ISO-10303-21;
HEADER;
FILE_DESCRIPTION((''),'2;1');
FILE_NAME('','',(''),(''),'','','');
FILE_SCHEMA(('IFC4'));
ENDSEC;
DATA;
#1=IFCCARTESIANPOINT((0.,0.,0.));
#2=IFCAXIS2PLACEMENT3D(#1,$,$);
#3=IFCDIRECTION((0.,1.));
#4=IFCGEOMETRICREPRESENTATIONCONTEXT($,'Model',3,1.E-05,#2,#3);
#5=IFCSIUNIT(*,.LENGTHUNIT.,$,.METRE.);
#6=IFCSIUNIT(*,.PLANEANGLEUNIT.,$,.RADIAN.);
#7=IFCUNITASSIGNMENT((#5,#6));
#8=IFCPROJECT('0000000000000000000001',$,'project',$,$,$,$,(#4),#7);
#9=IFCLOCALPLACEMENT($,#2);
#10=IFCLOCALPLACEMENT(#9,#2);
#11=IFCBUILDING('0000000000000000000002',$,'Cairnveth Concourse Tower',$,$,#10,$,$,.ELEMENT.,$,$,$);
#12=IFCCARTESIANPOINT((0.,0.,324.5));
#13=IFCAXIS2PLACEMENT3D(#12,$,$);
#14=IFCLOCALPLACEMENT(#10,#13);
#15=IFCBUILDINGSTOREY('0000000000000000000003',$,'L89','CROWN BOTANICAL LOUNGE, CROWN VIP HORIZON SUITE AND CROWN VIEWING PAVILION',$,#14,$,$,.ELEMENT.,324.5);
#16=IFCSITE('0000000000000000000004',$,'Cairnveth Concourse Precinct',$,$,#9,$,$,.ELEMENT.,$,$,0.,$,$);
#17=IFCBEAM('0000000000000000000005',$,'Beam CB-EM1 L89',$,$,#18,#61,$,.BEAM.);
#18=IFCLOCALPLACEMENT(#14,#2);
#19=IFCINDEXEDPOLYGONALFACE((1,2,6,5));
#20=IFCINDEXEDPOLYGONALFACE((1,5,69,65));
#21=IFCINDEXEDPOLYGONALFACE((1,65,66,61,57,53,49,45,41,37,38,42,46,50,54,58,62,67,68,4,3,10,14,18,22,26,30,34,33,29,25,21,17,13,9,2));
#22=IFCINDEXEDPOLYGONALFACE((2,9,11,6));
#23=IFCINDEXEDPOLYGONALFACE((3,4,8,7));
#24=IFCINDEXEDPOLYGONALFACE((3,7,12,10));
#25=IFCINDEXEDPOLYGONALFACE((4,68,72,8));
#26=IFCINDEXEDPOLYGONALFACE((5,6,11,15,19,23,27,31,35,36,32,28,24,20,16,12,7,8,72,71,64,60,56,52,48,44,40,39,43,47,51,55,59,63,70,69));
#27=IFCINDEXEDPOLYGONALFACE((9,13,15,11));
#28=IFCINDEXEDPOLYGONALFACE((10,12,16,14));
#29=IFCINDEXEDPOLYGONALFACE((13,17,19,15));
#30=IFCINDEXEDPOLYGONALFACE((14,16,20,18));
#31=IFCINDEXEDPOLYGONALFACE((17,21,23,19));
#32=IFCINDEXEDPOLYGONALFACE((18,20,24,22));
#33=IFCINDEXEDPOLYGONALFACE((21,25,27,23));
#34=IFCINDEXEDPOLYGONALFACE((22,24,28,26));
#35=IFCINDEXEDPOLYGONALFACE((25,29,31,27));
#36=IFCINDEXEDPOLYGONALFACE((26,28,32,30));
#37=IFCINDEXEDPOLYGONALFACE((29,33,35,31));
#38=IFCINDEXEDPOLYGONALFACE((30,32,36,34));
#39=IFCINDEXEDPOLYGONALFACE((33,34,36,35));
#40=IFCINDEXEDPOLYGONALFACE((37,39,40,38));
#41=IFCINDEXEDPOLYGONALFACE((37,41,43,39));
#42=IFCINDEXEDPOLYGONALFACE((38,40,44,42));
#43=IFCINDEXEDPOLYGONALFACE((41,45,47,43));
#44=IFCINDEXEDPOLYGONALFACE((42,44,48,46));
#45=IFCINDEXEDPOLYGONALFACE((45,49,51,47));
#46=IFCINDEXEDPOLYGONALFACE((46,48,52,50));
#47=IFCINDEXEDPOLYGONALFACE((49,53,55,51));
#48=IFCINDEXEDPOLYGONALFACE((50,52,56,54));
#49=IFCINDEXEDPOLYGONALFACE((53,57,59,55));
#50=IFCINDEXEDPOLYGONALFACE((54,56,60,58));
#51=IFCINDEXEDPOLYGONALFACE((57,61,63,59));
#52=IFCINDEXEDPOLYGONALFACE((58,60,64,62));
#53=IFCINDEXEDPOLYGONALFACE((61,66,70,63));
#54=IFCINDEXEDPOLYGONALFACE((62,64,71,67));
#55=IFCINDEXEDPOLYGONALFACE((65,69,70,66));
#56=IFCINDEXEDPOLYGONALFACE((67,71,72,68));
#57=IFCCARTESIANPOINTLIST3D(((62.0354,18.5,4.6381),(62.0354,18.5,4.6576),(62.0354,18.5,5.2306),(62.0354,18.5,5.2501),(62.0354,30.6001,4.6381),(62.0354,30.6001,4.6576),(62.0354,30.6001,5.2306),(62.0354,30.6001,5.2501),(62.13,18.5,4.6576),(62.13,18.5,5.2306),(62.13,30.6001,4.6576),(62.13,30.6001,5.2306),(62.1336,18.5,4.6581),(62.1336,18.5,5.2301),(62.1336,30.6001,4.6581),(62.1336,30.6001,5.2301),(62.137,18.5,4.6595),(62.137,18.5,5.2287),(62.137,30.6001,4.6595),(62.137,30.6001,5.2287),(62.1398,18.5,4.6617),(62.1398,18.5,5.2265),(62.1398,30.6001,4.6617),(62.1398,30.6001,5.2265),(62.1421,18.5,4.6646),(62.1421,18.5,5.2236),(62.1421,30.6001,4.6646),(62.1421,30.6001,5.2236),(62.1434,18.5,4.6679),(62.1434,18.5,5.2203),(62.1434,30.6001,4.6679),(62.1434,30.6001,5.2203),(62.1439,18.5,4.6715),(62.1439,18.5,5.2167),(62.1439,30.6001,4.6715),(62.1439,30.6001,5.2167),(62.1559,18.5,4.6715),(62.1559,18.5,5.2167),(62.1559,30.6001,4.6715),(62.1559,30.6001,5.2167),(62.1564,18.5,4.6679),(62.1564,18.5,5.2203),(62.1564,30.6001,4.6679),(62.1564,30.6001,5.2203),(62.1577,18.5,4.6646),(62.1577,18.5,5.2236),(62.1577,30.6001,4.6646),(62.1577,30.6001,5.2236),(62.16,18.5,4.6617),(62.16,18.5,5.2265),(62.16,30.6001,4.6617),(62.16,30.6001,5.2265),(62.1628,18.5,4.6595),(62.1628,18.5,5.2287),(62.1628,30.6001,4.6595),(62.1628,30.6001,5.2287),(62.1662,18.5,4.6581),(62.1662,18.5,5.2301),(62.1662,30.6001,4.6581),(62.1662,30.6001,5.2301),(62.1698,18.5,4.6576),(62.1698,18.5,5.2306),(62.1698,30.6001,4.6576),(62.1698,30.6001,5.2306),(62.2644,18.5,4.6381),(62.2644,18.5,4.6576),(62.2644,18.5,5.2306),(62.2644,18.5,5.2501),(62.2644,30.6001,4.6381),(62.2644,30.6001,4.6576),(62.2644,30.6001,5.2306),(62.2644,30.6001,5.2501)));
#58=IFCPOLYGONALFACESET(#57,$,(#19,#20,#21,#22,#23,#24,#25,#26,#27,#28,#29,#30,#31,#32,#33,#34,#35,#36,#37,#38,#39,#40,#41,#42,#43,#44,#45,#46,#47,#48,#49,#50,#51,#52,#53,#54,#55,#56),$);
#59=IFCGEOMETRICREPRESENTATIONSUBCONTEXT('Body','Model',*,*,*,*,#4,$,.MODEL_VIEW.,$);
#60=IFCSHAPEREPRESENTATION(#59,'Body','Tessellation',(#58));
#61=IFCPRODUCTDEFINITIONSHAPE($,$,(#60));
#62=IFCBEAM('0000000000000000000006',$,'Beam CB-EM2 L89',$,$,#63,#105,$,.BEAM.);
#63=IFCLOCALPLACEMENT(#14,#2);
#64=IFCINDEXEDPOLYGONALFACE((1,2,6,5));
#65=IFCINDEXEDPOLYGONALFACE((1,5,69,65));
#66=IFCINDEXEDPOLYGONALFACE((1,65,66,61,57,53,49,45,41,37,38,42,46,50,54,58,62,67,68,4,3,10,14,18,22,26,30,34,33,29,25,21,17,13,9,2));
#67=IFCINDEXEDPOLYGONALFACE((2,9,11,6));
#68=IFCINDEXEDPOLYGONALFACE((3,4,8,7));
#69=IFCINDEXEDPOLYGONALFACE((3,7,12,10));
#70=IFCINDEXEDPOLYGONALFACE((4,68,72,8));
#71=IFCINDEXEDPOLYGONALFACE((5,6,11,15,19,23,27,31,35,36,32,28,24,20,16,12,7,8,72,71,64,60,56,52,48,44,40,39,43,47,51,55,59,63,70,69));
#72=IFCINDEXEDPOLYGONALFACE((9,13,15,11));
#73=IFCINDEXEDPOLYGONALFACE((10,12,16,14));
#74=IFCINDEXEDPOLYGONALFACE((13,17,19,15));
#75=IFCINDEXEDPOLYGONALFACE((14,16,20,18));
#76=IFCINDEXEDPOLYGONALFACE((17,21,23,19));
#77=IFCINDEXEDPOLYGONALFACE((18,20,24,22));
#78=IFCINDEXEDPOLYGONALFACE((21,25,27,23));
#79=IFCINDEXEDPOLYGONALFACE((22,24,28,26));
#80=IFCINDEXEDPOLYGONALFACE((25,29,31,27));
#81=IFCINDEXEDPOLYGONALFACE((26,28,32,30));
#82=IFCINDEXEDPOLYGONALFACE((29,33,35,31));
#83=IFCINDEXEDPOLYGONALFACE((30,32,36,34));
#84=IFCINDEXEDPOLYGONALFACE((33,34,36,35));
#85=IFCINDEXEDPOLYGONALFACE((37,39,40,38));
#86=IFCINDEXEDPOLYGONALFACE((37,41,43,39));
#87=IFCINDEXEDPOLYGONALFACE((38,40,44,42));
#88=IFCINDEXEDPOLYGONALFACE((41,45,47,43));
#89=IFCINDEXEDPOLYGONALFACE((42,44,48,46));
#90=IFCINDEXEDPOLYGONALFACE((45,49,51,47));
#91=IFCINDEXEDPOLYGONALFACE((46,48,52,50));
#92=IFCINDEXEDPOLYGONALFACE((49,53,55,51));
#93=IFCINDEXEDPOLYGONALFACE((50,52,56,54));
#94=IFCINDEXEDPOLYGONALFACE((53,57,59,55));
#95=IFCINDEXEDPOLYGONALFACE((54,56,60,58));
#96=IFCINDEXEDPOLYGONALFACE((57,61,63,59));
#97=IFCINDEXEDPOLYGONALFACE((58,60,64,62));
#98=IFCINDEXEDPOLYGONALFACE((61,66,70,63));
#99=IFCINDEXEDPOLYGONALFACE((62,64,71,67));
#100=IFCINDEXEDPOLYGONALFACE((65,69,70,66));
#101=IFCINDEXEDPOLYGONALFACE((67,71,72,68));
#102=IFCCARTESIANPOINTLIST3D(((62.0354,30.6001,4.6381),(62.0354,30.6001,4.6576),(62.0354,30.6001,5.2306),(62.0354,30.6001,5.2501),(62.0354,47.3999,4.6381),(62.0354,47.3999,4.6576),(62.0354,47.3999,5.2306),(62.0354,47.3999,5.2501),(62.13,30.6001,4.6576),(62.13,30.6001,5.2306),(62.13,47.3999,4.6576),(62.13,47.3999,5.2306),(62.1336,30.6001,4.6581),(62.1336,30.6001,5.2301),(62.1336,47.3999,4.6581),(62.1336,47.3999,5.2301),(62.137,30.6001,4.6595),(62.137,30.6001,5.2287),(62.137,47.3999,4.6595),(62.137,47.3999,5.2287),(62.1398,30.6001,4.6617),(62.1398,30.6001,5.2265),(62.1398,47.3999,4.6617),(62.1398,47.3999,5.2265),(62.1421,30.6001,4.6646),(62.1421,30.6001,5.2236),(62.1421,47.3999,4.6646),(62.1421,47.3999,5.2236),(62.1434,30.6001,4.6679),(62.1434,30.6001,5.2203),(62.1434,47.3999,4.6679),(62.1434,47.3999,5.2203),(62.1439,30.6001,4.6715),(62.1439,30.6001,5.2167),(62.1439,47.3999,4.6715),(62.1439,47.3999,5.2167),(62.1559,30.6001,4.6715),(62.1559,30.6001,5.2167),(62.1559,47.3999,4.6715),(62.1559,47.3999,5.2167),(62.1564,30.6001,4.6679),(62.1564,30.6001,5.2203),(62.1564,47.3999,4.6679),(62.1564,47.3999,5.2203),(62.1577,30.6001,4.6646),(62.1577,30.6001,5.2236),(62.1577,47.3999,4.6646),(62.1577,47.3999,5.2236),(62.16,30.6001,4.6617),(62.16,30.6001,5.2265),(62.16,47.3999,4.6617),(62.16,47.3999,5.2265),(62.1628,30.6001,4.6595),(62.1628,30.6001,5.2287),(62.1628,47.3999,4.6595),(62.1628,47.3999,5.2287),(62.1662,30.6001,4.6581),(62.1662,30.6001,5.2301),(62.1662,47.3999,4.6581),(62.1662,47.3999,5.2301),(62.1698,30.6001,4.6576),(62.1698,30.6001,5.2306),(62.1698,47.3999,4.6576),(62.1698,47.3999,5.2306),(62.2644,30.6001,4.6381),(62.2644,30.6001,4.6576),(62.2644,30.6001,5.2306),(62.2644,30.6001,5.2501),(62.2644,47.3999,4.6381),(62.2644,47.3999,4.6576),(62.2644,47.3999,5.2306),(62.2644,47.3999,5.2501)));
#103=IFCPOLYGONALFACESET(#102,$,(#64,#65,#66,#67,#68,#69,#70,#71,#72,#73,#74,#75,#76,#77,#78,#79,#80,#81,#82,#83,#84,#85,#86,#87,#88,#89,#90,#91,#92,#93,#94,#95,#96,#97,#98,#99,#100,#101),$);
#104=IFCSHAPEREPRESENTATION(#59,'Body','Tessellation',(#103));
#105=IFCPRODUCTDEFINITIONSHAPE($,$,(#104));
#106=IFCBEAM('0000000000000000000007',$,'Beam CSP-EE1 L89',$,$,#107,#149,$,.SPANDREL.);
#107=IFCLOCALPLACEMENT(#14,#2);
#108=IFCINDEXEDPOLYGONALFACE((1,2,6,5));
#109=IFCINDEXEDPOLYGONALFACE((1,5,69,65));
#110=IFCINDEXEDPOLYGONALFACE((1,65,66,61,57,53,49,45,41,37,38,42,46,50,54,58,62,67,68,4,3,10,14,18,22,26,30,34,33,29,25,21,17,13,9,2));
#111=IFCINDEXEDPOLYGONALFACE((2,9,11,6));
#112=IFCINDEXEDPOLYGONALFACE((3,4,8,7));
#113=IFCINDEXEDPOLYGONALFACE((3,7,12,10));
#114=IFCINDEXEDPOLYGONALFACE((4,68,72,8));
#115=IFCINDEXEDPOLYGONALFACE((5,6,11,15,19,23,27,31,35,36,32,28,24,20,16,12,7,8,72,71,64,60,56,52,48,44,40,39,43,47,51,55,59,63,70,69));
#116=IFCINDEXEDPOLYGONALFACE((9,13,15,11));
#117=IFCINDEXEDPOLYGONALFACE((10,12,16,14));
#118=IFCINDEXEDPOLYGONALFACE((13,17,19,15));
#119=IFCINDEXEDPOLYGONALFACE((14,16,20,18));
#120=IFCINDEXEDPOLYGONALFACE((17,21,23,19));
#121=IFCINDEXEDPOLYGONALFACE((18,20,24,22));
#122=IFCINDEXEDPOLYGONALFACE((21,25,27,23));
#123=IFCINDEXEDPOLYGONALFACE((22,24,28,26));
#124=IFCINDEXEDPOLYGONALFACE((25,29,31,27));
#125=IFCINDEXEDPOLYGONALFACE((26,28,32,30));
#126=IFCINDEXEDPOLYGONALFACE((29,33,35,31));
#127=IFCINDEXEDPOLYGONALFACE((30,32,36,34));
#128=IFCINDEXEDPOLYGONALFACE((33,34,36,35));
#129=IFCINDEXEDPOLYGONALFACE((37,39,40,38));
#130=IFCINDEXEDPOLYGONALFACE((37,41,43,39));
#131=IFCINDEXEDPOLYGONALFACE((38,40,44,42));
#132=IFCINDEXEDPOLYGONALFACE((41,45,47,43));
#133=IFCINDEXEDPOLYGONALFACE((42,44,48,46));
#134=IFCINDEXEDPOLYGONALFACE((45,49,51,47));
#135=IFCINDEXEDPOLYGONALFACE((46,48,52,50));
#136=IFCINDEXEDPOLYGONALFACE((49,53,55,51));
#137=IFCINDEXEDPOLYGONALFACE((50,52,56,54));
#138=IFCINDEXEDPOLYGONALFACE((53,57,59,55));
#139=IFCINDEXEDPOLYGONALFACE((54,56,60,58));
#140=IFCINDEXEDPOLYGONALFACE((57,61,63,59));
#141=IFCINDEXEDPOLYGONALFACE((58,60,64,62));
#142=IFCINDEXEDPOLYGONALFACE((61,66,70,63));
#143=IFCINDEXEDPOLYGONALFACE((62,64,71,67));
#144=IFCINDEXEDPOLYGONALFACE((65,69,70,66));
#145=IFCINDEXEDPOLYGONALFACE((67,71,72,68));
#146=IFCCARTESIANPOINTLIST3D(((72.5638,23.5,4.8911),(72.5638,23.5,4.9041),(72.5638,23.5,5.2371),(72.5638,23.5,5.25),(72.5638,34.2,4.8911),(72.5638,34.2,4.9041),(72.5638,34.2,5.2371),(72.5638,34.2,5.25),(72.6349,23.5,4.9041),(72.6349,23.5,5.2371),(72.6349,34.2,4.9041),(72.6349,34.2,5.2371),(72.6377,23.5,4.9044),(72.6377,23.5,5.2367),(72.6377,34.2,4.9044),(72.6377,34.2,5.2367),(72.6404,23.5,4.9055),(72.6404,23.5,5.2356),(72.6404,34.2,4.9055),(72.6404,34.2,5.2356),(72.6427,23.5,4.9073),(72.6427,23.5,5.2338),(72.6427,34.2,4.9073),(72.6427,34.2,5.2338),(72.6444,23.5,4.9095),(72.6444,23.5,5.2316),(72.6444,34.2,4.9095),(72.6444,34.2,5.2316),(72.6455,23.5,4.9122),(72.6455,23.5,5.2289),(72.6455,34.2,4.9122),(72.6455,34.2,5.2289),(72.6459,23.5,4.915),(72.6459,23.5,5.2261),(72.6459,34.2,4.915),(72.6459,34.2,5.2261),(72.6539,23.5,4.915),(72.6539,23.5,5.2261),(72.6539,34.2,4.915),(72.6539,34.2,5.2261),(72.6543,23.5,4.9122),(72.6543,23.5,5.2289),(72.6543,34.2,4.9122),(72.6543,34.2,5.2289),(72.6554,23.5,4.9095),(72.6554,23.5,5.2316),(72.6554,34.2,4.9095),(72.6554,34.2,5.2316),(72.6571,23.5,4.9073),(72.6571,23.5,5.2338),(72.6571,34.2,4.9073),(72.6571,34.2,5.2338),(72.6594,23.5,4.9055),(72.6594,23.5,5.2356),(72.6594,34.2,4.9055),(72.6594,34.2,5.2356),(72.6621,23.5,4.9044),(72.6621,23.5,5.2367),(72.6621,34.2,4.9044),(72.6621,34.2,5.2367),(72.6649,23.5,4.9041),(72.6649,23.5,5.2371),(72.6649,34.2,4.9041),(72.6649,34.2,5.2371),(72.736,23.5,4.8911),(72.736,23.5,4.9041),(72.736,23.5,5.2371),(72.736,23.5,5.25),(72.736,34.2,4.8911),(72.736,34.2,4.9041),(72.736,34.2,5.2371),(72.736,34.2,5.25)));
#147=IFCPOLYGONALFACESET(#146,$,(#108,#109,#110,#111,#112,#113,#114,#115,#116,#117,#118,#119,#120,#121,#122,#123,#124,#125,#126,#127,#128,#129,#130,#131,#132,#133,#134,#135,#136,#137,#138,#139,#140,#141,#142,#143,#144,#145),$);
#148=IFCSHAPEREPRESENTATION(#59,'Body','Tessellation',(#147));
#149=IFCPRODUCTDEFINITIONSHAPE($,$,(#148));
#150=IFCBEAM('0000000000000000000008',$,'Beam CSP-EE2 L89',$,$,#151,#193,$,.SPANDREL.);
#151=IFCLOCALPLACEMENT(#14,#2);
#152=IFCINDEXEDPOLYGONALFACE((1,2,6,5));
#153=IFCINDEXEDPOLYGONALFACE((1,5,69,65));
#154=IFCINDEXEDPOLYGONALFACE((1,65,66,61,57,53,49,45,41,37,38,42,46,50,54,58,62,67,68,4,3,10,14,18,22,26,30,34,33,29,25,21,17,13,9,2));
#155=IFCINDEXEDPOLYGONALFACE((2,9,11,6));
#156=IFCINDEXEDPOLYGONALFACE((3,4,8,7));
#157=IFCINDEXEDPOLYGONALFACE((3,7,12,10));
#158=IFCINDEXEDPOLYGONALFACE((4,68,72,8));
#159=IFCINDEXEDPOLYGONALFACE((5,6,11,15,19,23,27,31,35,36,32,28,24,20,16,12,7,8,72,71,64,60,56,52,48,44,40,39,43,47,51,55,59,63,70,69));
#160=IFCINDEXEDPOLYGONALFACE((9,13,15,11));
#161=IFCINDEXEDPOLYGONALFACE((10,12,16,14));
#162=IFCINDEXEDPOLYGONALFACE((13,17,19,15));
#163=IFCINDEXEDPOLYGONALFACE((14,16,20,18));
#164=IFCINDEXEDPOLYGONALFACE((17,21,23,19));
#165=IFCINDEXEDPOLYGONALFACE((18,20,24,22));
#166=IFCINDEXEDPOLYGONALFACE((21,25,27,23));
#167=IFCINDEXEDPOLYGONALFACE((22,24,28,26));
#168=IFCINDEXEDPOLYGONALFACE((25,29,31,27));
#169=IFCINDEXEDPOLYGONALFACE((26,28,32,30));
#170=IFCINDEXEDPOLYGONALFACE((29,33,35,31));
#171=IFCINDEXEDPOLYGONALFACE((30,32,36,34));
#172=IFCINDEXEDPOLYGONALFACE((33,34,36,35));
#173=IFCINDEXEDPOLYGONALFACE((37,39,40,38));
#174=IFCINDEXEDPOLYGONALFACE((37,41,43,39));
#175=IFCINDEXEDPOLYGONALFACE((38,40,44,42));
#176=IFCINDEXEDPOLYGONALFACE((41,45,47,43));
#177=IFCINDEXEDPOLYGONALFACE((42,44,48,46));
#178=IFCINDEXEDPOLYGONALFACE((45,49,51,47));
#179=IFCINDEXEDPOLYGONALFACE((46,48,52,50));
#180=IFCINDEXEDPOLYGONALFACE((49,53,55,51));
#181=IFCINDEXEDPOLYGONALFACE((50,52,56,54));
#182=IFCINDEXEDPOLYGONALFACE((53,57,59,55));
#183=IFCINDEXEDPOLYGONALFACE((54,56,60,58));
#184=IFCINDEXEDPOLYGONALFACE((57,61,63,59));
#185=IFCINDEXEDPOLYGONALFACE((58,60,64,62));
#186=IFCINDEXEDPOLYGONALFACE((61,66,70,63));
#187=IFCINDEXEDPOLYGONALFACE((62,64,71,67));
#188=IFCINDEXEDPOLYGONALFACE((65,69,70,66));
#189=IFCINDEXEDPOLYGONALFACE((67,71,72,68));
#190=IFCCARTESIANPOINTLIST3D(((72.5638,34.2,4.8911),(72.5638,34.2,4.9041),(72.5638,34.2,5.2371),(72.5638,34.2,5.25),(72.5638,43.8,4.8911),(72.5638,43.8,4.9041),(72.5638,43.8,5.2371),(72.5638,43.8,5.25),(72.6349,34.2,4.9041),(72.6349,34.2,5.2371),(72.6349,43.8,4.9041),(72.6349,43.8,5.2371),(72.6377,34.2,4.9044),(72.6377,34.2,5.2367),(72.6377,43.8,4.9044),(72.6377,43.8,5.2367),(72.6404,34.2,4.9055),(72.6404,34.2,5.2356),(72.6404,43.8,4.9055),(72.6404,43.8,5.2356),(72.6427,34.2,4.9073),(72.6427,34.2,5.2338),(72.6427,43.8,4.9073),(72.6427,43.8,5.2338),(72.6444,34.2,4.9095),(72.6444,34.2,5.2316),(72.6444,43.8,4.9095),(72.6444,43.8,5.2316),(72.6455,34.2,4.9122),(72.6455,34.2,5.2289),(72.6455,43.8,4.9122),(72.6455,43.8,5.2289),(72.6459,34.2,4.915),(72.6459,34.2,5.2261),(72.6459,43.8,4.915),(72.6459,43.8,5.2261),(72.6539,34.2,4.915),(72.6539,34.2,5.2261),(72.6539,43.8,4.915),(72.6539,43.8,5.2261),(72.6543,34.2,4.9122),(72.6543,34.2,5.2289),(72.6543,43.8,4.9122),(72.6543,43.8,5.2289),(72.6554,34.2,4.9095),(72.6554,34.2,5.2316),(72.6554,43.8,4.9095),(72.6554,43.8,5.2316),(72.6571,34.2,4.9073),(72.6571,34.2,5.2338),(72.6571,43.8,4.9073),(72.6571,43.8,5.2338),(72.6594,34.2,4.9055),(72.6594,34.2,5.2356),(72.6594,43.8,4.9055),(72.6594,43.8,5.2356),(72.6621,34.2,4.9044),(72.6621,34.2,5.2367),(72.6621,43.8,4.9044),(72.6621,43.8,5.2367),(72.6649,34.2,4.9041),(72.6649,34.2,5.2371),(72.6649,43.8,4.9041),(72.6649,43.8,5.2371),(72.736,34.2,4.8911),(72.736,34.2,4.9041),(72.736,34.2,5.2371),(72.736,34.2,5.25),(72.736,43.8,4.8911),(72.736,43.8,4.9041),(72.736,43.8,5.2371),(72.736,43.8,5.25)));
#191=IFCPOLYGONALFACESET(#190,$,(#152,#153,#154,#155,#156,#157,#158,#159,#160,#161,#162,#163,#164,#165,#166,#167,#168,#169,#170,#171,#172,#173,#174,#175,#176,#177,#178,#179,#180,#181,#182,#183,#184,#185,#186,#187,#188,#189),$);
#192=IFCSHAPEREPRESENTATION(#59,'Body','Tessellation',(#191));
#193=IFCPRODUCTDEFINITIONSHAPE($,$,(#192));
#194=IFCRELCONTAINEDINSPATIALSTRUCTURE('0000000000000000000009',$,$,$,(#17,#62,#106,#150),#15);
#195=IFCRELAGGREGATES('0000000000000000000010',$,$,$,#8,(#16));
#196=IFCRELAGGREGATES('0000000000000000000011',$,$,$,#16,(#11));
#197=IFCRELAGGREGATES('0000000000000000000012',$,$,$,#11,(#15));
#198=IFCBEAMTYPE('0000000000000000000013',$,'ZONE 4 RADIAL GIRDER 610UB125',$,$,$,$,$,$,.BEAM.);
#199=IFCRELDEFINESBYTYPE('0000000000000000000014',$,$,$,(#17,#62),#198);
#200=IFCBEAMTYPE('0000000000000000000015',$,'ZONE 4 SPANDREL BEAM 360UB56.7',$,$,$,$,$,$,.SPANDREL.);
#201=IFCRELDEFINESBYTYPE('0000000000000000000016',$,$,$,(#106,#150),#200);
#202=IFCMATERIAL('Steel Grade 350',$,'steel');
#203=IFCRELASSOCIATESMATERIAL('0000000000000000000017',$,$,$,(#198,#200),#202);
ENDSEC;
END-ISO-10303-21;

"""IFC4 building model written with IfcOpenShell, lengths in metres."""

from ifc_helpers import new_model, si_unit, direction, frame, origin, origin_2d, place, context, subcontext, project, spatial, i_section, extrude, material, material_profile, profile_set, type_object, element, save


model = new_model("IFC4")

# Units and contexts
model_context = context("Model", 3, precision=1e-05, world=origin(), true_north=direction((0.0, 1.0)))
body_context = subcontext(model_context, "Body", "Model", "MODEL_VIEW")
ifc_project = project(units=[si_unit("LENGTHUNIT", "METRE"), si_unit("PLANEANGLEUNIT", "RADIAN")], contexts=[model_context])

# Site, building, storey
site_placement = place(None, origin())
site = spatial("IfcSite", under=ifc_project, at=site_placement, Name="Cairnveth Concourse Precinct", CompositionType="ELEMENT", RefElevation=0.0)
building_placement = place(site_placement, origin())
building = spatial("IfcBuilding", under=site, at=building_placement, Name="Cairnveth Concourse Tower", CompositionType="ELEMENT")
storey_placement = place(building_placement, frame((0.0, 0.0, 324.5)))
storey = spatial("IfcBuildingStorey", under=building, at=storey_placement, Name="L89", Description="CROWN BOTANICAL LOUNGE, CROWN VIP HORIZON SUITE AND CROWN VIEWING PAVILION", CompositionType="ELEMENT", Elevation=324.5)

# Shared definitions
ifc_material_1 = material(Name="Steel Grade 350", Category="steel")

# Beams
ifc_material_profile_1 = material_profile(ifc_material_1, i_section(OverallWidth=0.229, OverallDepth=0.6121, WebThickness=0.012, FlangeThickness=0.0195, FilletRadius=0.0139, at=origin_2d()), Name="610UB125")
ifc_profile_set_1 = profile_set([ifc_material_profile_1], Name="Steel Grade 350")
beam_type_1 = type_object("IfcBeamType", Name="ZONE 4 RADIAL GIRDER 610UB125", PredefinedType="BEAM", material=ifc_profile_set_1)
beam_1_placement = place(storey_placement, frame((62.1499, 18.5, 4.9441), z_axis=(0.0, 1.0, 0.0), x_axis=(-1.0, 0.0, 0.0)))
element("IfcBeam", 1, at=beam_1_placement, inside=storey, type_object=beam_type_1, Name="Beam CB-EM1 L89", PredefinedType="BEAM", context=body_context, shape_type="SweptSolid", body=[
    extrude(i_section(OverallWidth=0.229, OverallDepth=0.6121, WebThickness=0.012, FlangeThickness=0.0195, FilletRadius=0.0139, at=origin_2d()), origin(), (0.0, 0.0, 1.0), 12.1001),
])
beam_2_placement = place(storey_placement, frame((62.1499, 30.6001, 4.9441), z_axis=(0.0, 1.0, 0.0), x_axis=(-1.0, 0.0, 0.0)))
element("IfcBeam", 2, at=beam_2_placement, inside=storey, type_object=beam_type_1, Name="Beam CB-EM2 L89", PredefinedType="BEAM", context=body_context, shape_type="SweptSolid", body=[
    extrude(i_section(OverallWidth=0.229, OverallDepth=0.6121, WebThickness=0.012, FlangeThickness=0.0195, FilletRadius=0.0139, at=origin_2d()), origin(), (0.0, 0.0, 1.0), 16.7998),
])
ifc_material_profile_2 = material_profile(ifc_material_1, i_section(OverallWidth=0.1721, OverallDepth=0.3589, WebThickness=0.0081, FlangeThickness=0.0129, FilletRadius=0.011, at=origin_2d()), Name="360UB56.7")
ifc_profile_set_2 = profile_set([ifc_material_profile_2], Name="Steel Grade 350")
beam_type_2 = type_object("IfcBeamType", Name="ZONE 4 SPANDREL BEAM 360UB56.7", PredefinedType="SPANDREL", material=ifc_profile_set_2)
beam_3_placement = place(storey_placement, frame((72.6499, 23.5, 5.0706), z_axis=(0.0, 1.0, 0.0), x_axis=(-1.0, 0.0, 0.0)))
element("IfcBeam", 3, at=beam_3_placement, inside=storey, type_object=beam_type_2, Name="Beam CSP-EE1 L89", PredefinedType="SPANDREL", context=body_context, shape_type="SweptSolid", body=[
    extrude(i_section(OverallWidth=0.1721, OverallDepth=0.3589, WebThickness=0.0081, FlangeThickness=0.0129, FilletRadius=0.011, at=origin_2d()), origin(), (0.0, 0.0, 1.0), 10.7),
])
beam_4_placement = place(storey_placement, frame((72.6499, 34.2, 5.0706), z_axis=(0.0, 1.0, 0.0), x_axis=(-1.0, 0.0, 0.0)))
element("IfcBeam", 4, at=beam_4_placement, inside=storey, type_object=beam_type_2, Name="Beam CSP-EE2 L89", PredefinedType="SPANDREL", context=body_context, shape_type="SweptSolid", body=[
    extrude(i_section(OverallWidth=0.1721, OverallDepth=0.3589, WebThickness=0.0081, FlangeThickness=0.0129, FilletRadius=0.011, at=origin_2d()), origin(), (0.0, 0.0, 1.0), 9.6001),
])

save(model, "model.ifc")
